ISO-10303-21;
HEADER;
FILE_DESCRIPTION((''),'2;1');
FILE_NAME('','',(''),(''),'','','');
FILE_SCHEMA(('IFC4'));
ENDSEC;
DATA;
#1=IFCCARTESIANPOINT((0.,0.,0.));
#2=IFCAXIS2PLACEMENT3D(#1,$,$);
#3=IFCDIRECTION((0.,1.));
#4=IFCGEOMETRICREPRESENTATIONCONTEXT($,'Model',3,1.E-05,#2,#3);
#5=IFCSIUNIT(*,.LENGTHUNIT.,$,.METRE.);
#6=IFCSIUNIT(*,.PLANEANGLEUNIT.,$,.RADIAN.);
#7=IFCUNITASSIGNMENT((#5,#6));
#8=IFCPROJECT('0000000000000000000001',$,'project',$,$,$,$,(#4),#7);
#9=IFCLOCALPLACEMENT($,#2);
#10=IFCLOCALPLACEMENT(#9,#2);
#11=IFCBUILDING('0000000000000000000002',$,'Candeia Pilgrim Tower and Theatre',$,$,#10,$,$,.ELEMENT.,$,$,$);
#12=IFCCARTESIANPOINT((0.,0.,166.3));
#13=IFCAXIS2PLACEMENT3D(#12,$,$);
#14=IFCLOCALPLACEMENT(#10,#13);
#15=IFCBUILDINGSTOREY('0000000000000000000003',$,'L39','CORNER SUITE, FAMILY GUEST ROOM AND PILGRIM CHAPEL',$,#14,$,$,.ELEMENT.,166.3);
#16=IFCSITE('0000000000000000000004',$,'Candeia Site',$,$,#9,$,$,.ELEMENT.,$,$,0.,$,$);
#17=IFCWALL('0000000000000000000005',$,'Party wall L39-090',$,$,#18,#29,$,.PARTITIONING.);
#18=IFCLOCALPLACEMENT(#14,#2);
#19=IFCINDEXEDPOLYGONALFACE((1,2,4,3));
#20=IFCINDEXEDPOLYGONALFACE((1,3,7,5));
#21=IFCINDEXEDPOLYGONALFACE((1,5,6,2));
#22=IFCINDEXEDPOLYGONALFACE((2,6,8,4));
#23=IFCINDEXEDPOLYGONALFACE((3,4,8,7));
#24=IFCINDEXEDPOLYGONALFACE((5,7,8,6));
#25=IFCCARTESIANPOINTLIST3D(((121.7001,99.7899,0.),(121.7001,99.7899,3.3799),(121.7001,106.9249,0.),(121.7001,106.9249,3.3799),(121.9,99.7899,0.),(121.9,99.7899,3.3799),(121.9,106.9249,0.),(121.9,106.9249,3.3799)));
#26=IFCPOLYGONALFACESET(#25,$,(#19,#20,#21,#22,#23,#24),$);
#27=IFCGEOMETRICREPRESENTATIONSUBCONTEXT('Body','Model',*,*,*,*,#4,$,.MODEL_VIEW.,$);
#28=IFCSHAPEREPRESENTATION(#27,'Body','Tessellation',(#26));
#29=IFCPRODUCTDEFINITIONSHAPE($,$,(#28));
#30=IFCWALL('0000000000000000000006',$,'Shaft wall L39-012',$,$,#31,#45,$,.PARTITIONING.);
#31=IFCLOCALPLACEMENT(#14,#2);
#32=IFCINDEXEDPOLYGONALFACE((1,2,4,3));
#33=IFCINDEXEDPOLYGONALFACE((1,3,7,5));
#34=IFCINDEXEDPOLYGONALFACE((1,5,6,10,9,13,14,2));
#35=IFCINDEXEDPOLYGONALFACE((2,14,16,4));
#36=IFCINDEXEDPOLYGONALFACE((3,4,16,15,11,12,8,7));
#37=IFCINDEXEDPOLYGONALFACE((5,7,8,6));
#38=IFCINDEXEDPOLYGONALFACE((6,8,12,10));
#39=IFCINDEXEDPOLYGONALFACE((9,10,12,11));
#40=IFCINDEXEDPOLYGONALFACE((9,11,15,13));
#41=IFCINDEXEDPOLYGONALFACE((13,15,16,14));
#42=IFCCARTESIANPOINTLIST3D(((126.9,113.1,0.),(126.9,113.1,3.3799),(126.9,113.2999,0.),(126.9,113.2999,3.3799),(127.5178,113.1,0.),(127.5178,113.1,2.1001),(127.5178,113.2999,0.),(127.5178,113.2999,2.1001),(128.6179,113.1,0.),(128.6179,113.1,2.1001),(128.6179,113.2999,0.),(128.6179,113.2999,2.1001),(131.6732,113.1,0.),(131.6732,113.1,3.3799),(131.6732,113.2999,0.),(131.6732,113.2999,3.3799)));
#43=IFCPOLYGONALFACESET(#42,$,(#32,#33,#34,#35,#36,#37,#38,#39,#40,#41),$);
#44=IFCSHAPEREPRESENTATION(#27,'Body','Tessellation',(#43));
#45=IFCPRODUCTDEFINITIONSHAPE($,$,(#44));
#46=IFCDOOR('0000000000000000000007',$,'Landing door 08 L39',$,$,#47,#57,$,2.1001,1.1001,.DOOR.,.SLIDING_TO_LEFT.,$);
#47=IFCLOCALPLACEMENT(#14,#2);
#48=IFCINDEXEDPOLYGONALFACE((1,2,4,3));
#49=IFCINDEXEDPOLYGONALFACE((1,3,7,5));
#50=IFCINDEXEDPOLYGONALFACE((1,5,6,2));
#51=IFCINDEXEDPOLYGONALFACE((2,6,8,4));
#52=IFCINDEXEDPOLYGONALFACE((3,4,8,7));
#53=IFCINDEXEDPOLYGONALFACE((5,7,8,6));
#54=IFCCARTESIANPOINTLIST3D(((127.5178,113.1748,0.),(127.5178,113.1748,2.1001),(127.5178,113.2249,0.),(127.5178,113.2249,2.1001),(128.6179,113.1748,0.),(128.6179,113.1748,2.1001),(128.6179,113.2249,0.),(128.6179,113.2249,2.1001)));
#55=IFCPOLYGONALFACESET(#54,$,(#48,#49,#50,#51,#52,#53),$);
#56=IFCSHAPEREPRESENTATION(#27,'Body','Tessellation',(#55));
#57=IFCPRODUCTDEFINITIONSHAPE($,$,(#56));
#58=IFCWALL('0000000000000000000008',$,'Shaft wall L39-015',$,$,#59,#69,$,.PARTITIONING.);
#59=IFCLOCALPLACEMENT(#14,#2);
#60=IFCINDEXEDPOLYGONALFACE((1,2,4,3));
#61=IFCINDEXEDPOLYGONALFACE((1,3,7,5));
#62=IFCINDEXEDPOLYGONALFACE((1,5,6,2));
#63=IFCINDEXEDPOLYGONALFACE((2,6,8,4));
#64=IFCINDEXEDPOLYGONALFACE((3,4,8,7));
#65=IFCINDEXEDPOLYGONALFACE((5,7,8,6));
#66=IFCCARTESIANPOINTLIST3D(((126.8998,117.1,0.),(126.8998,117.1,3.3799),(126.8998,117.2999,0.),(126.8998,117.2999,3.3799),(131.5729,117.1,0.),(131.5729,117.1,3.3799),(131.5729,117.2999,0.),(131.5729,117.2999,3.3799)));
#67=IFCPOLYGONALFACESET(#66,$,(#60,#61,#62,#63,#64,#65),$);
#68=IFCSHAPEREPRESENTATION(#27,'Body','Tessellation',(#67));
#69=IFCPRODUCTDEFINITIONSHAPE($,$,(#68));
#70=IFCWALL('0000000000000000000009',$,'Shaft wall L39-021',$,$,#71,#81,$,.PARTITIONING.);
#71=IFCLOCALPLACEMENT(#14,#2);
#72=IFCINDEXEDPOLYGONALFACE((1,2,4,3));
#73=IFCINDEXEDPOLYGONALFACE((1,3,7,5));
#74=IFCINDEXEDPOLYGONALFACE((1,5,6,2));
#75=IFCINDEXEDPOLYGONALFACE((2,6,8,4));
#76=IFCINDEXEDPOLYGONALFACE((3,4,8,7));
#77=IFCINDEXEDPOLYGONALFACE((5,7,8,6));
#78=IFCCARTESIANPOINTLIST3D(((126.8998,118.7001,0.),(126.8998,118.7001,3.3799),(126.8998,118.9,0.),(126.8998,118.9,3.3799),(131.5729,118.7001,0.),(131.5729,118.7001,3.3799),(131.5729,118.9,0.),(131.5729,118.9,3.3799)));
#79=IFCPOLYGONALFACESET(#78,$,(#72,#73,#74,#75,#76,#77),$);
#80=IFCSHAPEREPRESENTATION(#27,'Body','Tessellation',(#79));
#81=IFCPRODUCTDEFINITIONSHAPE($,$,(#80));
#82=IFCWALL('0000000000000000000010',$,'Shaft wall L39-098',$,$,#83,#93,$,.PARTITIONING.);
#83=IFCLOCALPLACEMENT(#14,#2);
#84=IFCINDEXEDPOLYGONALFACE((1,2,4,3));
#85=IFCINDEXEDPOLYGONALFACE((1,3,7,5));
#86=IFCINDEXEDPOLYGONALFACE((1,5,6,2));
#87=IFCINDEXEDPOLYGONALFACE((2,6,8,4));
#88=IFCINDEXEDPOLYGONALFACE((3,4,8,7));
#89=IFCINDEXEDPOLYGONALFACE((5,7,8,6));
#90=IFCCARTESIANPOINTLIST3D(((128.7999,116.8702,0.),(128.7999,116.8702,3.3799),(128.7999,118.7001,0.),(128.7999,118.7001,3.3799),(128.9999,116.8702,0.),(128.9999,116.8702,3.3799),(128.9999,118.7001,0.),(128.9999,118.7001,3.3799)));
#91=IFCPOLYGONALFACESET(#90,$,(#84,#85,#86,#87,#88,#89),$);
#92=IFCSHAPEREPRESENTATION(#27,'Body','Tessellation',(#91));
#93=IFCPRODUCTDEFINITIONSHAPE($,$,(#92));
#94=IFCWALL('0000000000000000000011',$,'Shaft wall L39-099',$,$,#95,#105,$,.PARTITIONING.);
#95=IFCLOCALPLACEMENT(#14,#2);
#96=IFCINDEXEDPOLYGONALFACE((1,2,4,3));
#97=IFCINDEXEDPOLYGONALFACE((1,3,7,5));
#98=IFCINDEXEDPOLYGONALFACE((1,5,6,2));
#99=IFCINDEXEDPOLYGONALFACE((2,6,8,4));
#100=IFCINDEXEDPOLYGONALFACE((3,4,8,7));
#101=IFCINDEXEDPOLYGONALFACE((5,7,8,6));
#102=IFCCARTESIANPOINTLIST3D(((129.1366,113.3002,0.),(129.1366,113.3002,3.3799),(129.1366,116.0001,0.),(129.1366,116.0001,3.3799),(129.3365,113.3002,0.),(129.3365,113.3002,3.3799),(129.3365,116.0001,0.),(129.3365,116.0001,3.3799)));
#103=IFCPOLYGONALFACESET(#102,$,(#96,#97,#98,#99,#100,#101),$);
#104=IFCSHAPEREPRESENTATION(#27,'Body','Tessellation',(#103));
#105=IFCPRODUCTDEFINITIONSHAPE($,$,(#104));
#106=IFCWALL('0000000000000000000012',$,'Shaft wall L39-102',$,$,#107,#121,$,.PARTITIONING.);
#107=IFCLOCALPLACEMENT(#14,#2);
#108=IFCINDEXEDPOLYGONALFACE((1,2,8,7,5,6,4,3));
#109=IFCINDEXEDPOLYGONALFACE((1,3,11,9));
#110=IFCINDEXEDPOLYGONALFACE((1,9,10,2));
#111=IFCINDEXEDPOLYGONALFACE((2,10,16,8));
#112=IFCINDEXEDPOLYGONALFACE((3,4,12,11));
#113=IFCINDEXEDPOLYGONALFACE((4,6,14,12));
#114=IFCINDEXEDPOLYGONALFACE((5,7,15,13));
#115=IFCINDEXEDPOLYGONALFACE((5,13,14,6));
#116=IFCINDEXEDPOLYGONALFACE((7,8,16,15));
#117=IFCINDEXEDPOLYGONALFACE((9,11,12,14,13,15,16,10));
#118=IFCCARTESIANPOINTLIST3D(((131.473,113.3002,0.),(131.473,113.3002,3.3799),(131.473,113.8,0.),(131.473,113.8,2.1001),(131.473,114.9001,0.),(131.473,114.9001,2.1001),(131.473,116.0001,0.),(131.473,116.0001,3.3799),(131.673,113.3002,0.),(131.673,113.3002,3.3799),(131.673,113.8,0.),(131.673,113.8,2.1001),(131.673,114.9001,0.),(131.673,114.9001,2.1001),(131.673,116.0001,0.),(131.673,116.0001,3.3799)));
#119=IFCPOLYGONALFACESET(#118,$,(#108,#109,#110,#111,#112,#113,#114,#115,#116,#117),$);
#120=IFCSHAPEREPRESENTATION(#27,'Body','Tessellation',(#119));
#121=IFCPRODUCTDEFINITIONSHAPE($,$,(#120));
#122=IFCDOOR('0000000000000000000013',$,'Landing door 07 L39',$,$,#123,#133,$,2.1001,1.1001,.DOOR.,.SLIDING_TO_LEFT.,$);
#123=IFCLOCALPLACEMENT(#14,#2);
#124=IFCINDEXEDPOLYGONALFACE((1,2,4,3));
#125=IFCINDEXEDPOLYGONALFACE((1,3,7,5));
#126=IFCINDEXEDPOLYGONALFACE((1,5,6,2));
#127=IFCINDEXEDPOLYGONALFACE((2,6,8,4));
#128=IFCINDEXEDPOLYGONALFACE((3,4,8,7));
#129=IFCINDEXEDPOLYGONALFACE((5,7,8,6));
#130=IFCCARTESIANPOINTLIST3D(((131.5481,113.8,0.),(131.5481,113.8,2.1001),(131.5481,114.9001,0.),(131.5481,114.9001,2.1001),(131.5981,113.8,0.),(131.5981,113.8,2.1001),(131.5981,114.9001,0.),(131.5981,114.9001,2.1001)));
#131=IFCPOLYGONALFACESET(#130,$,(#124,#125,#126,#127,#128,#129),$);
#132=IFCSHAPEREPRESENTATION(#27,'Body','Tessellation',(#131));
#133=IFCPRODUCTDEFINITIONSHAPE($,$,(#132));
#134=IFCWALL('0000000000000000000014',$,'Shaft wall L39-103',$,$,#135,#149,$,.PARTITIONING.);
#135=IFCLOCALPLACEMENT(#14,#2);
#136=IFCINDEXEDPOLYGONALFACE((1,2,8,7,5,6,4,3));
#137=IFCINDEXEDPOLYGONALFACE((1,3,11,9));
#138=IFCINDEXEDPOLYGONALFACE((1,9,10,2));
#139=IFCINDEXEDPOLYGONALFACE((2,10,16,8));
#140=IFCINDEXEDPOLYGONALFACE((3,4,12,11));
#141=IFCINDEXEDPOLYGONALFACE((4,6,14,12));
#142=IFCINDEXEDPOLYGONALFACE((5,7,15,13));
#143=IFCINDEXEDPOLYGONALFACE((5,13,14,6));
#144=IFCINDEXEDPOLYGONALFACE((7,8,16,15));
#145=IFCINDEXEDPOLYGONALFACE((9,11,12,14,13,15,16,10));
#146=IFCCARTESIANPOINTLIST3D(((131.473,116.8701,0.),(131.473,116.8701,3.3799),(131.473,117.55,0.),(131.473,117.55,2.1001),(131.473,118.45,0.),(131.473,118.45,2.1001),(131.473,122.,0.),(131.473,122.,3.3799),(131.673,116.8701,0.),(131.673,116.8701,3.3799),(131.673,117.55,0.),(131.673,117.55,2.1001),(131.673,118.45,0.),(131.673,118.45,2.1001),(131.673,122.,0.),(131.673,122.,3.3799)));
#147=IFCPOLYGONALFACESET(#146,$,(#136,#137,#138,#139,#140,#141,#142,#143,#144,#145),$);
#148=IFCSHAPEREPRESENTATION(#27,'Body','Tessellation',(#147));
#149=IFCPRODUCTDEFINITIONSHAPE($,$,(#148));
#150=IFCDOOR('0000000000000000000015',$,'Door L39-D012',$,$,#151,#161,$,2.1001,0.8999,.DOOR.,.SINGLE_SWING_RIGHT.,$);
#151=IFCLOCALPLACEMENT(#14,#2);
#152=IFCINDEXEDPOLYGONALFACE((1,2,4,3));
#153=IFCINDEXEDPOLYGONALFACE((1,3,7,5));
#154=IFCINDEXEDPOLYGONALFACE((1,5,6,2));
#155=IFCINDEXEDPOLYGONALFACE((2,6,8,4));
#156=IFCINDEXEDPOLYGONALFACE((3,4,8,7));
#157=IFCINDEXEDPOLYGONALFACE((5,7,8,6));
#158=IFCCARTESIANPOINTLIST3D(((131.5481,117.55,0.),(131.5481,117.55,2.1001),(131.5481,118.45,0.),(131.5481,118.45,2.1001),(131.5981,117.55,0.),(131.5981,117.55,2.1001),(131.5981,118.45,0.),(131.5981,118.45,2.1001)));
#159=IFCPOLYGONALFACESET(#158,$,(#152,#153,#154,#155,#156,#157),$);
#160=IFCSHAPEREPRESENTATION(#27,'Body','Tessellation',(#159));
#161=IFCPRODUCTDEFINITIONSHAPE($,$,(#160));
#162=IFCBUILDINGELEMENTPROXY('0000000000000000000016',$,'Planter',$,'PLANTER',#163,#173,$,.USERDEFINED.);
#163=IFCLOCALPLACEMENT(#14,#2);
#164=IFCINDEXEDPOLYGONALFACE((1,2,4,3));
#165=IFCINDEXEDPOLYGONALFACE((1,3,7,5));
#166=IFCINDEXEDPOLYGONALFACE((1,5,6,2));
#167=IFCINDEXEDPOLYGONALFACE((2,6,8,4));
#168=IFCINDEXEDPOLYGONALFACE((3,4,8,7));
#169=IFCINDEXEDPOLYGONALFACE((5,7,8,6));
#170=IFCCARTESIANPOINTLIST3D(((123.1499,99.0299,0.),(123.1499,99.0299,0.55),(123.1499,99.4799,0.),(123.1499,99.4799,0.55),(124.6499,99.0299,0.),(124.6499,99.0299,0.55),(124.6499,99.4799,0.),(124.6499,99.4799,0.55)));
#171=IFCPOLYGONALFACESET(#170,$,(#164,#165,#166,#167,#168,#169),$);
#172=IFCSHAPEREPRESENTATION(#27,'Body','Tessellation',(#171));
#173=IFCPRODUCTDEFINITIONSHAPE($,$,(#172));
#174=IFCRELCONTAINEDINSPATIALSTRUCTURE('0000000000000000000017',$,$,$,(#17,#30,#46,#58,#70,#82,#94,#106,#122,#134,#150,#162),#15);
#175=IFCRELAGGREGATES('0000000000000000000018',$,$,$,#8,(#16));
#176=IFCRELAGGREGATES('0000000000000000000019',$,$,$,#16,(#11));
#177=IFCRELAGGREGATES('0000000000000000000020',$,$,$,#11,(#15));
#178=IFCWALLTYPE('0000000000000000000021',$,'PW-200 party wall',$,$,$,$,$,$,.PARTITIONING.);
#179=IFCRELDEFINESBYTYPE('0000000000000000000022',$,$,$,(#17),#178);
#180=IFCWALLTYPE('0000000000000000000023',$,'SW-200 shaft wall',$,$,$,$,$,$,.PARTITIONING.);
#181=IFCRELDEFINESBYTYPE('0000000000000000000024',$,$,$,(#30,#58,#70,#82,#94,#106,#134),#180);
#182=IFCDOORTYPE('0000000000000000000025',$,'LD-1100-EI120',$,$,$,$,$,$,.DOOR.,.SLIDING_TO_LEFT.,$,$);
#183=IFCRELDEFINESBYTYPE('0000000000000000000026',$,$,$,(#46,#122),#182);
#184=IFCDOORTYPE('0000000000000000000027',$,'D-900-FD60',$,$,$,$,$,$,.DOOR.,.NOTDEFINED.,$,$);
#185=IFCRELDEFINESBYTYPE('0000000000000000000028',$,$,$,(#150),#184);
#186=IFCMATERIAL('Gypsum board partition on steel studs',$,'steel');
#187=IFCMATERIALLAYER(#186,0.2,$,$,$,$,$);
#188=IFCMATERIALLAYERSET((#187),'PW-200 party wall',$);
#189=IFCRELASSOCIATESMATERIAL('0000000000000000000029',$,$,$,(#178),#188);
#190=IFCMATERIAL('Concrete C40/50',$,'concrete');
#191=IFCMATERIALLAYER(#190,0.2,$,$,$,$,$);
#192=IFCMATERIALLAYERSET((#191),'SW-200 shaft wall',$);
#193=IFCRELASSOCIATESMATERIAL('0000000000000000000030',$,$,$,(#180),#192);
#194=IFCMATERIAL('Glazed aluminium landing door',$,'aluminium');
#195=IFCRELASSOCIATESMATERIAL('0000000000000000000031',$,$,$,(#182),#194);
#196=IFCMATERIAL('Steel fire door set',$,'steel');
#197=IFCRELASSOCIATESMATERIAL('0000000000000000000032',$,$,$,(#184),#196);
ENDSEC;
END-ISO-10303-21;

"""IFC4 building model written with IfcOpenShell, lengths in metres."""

from ifc_helpers import new_model, si_unit, direction, frame, frame_2d, origin, origin_2d, place, context, subcontext, project, spatial, rectangle, extrude, material, layer, layer_set, type_object, element, fill, save


model = new_model("IFC4")

# Units and contexts
model_context = context("Model", 3, precision=1e-05, world=origin(), true_north=direction((0.0, 1.0)))
body_context = subcontext(model_context, "Body", "Model", "MODEL_VIEW")
ifc_project = project(units=[si_unit("LENGTHUNIT", "METRE"), si_unit("PLANEANGLEUNIT", "RADIAN")], contexts=[model_context])

# Site, building, storey
site_placement = place(None, origin())
site = spatial("IfcSite", under=ifc_project, at=site_placement, Name="Candeia Site", CompositionType="ELEMENT", RefElevation=0.0)
building_placement = place(site_placement, origin())
building = spatial("IfcBuilding", under=site, at=building_placement, Name="Candeia Pilgrim Tower and Theatre", CompositionType="ELEMENT")
storey_placement = place(building_placement, frame((0.0, 0.0, 166.3)))
storey = spatial("IfcBuildingStorey", under=building, at=storey_placement, Name="L39", Description="CORNER SUITE, FAMILY GUEST ROOM AND PILGRIM CHAPEL", CompositionType="ELEMENT", Elevation=166.3)

# Shared definitions
ifc_material_1 = material(Name="Steel fire door set", Category="steel")

# Shared definitions
ifc_material_2 = material(Name="Gypsum board partition on steel studs", Category="steel")

# Wall
ifc_layer_1 = layer(ifc_material_2, 0.2)
ifc_layer_set_1 = layer_set([ifc_layer_1], Name="PW-200 party wall")
wall_type_1 = type_object("IfcWallType", Name="PW-200 party wall", PredefinedType="PARTITIONING", material=ifc_layer_set_1)
wall_1_placement = place(storey_placement, frame((121.8, 99.79, 0.0), z_axis=(0.0, 0.0, 1.0), x_axis=(0.0, 1.0, 0.0)))
element("IfcWall", 1, at=wall_1_placement, inside=storey, type_object=wall_type_1, Name="Party wall L39-090", PredefinedType="PARTITIONING", context=body_context, shape_type="SweptSolid", body=[
    extrude(rectangle(XDim=7.135, YDim=0.2, at=frame_2d((3.5674, 0.0))), origin(), (0.0, 0.0, 1.0), 3.3799),
])

# Wall, opening, door
ifc_material_3 = material(Name="Concrete C40/50", Category="concrete")
ifc_layer_2 = layer(ifc_material_3, 0.2)
ifc_layer_set_2 = layer_set([ifc_layer_2], Name="SW-200 shaft wall")
wall_type_2 = type_object("IfcWallType", Name="SW-200 shaft wall", PredefinedType="PARTITIONING", material=ifc_layer_set_2)
wall_2_placement = place(storey_placement, frame((126.8999, 113.2, 0.0), z_axis=(0.0, 0.0, 1.0), x_axis=(1.0, 0.0, 0.0)))
wall_2 = element("IfcWall", 2, at=wall_2_placement, inside=storey, type_object=wall_type_2, Name="Shaft wall L39-012", PredefinedType="PARTITIONING", context=body_context, shape_type="SweptSolid", body=[
    extrude(rectangle(XDim=4.7732, YDim=0.2, at=frame_2d((2.3867, 0.0))), origin(), (0.0, 0.0, 1.0), 3.3799),
])
opening_1_placement = place(wall_2_placement, frame((0.6179, 0.0, 0.0)))
opening_1 = element("IfcOpeningElement", 3, at=opening_1_placement, cuts=wall_2, PredefinedType="OPENING", context=body_context, shape_type="SweptSolid", body=[
    extrude(rectangle(XDim=1.1001, YDim=2.1001, at=frame_2d((0.55, 1.05))), frame((0.0, 0.1099, 0.0), z_axis=(0.0, -1.0, 0.0), x_axis=(1.0, 0.0, 0.0)), (0.0, 0.0, 1.0), 0.22),
])
ifc_material_4 = material(Name="Glazed aluminium landing door", Category="aluminium")
door_type_1 = type_object("IfcDoorType", Name="LD-1100-EI120", OperationType="SLIDING_TO_LEFT", PredefinedType="DOOR", material=ifc_material_4)
door_1_placement = place(opening_1_placement, origin())
door_1 = element("IfcDoor", 4, at=door_1_placement, inside=storey, type_object=door_type_1, Name="Landing door 08 L39", OperationType="SLIDING_TO_LEFT", OverallHeight=2.1001, OverallWidth=1.1001, PredefinedType="DOOR", context=body_context, shape_type="SweptSolid", body=[
    extrude(rectangle(XDim=1.1001, YDim=2.1001, at=frame_2d((0.55, 1.05))), frame((0.0, 0.0249, 0.0), z_axis=(0.0, -1.0, 0.0), x_axis=(1.0, 0.0, 0.0)), (0.0, 0.0, 1.0), 0.05),
])
fill(opening_1, door_1)

# Walls
for number, where, z_axis, x_axis, name in (
    (5, (126.8999, 117.2, 0.0), (0.0, 0.0, 1.0), (1.0, 0.0, 0.0), "Shaft wall L39-015"),
    (6, (126.8999, 118.8, 0.0), (0.0, 0.0, 1.0), (1.0, 0.0, 0.0), "Shaft wall L39-021"),
):
    element("IfcWall", number, at=place(storey_placement, frame(where, z_axis=z_axis, x_axis=x_axis)), inside=storey, type_object=wall_type_2, Name=name, PredefinedType="PARTITIONING", context=body_context, shape_type="SweptSolid", body=[
        extrude(rectangle(XDim=4.6731, YDim=0.2, at=frame_2d((2.3364, 0.0))), origin(), (0.0, 0.0, 1.0), 3.3799),
    ])
wall_3_placement = place(storey_placement, frame((128.8999, 116.8701, 0.0), z_axis=(0.0, 0.0, 1.0), x_axis=(0.0, 1.0, 0.0)))
element("IfcWall", 7, at=wall_3_placement, inside=storey, type_object=wall_type_2, Name="Shaft wall L39-098", PredefinedType="PARTITIONING", context=body_context, shape_type="SweptSolid", body=[
    extrude(rectangle(XDim=1.8298, YDim=0.2, at=frame_2d((0.915, 0.0))), origin(), (0.0, 0.0, 1.0), 3.3799),
])
wall_4_placement = place(storey_placement, frame((129.2366, 113.3, 0.0), z_axis=(0.0, 0.0, 1.0), x_axis=(0.0, 1.0, 0.0)))
element("IfcWall", 8, at=wall_4_placement, inside=storey, type_object=wall_type_2, Name="Shaft wall L39-099", PredefinedType="PARTITIONING", context=body_context, shape_type="SweptSolid", body=[
    extrude(rectangle(XDim=2.7, YDim=0.2, at=frame_2d((1.3501, 0.0))), origin(), (0.0, 0.0, 1.0), 3.3799),
])

# Walls, openings, doors
wall_5_placement = place(storey_placement, frame((131.573, 113.3, 0.0), z_axis=(0.0, 0.0, 1.0), x_axis=(0.0, 1.0, 0.0)))
wall_5 = element("IfcWall", 9, at=wall_5_placement, inside=storey, type_object=wall_type_2, Name="Shaft wall L39-102", PredefinedType="PARTITIONING", context=body_context, shape_type="SweptSolid", body=[
    extrude(rectangle(XDim=2.7, YDim=0.2, at=frame_2d((1.3501, 0.0))), origin(), (0.0, 0.0, 1.0), 3.3799),
])
opening_2_placement = place(wall_5_placement, frame((0.5, 0.0, 0.0)))
opening_2 = element("IfcOpeningElement", 10, at=opening_2_placement, cuts=wall_5, PredefinedType="OPENING", context=body_context, shape_type="SweptSolid", body=[
    extrude(rectangle(XDim=1.1001, YDim=2.1001, at=frame_2d((0.55, 1.05))), frame((0.0, 0.1099, 0.0), z_axis=(0.0, -1.0, 0.0), x_axis=(1.0, 0.0, 0.0)), (0.0, 0.0, 1.0), 0.22),
])
door_2_placement = place(opening_2_placement, origin())
door_2 = element("IfcDoor", 11, at=door_2_placement, inside=storey, type_object=door_type_1, Name="Landing door 07 L39", OperationType="SLIDING_TO_LEFT", OverallHeight=2.1001, OverallWidth=1.1001, PredefinedType="DOOR", context=body_context, shape_type="SweptSolid", body=[
    extrude(rectangle(XDim=1.1001, YDim=2.1001, at=frame_2d((0.55, 1.05))), frame((0.0, 0.0249, 0.0), z_axis=(0.0, -1.0, 0.0), x_axis=(1.0, 0.0, 0.0)), (0.0, 0.0, 1.0), 0.05),
])
fill(opening_2, door_2)
wall_6_placement = place(storey_placement, frame((131.573, 116.8701, 0.0), z_axis=(0.0, 0.0, 1.0), x_axis=(0.0, 1.0, 0.0)))
wall_6 = element("IfcWall", 12, at=wall_6_placement, inside=storey, type_object=wall_type_2, Name="Shaft wall L39-103", PredefinedType="PARTITIONING", context=body_context, shape_type="SweptSolid", body=[
    extrude(rectangle(XDim=5.1299, YDim=0.2, at=frame_2d((2.5649, 0.0))), origin(), (0.0, 0.0, 1.0), 3.3799),
])
opening_3_placement = place(wall_6_placement, frame((0.6799, 0.0, 0.0)))
opening_3 = element("IfcOpeningElement", 13, at=opening_3_placement, cuts=wall_6, PredefinedType="OPENING", context=body_context, shape_type="SweptSolid", body=[
    extrude(rectangle(XDim=0.8999, YDim=2.1001, at=frame_2d((0.45, 1.05))), frame((0.0, 0.1099, 0.0), z_axis=(0.0, -1.0, 0.0), x_axis=(1.0, 0.0, 0.0)), (0.0, 0.0, 1.0), 0.22),
])
door_type_2 = type_object("IfcDoorType", Name="D-900-FD60", OperationType="NOTDEFINED", PredefinedType="DOOR", material=ifc_material_1)
door_3_placement = place(opening_3_placement, origin())
door_3 = element("IfcDoor", 14, at=door_3_placement, inside=storey, type_object=door_type_2, Name="Door L39-D012", OperationType="SINGLE_SWING_RIGHT", OverallHeight=2.1001, OverallWidth=0.8999, PredefinedType="DOOR", context=body_context, shape_type="SweptSolid", body=[
    extrude(rectangle(XDim=0.8999, YDim=2.1001, at=frame_2d((0.45, 1.05))), frame((0.0, 0.0249, 0.0), z_axis=(0.0, -1.0, 0.0), x_axis=(1.0, 0.0, 0.0)), (0.0, 0.0, 1.0), 0.05),
])
fill(opening_3, door_3)

# Building element proxy
proxy_placement = place(storey_placement, frame((123.8999, 99.2549, 0.0), z_axis=(0.0, 0.0, 1.0), x_axis=(1.0, 0.0, 0.0)))
element("IfcBuildingElementProxy", 15, at=proxy_placement, inside=storey, Name="Planter", ObjectType="PLANTER", PredefinedType="USERDEFINED", context=body_context, shape_type="SweptSolid", body=[
    extrude(rectangle(XDim=1.5, YDim=0.45, at=origin_2d()), origin(), (0.0, 0.0, 1.0), 0.55),
])

save(model, "model.ifc")
